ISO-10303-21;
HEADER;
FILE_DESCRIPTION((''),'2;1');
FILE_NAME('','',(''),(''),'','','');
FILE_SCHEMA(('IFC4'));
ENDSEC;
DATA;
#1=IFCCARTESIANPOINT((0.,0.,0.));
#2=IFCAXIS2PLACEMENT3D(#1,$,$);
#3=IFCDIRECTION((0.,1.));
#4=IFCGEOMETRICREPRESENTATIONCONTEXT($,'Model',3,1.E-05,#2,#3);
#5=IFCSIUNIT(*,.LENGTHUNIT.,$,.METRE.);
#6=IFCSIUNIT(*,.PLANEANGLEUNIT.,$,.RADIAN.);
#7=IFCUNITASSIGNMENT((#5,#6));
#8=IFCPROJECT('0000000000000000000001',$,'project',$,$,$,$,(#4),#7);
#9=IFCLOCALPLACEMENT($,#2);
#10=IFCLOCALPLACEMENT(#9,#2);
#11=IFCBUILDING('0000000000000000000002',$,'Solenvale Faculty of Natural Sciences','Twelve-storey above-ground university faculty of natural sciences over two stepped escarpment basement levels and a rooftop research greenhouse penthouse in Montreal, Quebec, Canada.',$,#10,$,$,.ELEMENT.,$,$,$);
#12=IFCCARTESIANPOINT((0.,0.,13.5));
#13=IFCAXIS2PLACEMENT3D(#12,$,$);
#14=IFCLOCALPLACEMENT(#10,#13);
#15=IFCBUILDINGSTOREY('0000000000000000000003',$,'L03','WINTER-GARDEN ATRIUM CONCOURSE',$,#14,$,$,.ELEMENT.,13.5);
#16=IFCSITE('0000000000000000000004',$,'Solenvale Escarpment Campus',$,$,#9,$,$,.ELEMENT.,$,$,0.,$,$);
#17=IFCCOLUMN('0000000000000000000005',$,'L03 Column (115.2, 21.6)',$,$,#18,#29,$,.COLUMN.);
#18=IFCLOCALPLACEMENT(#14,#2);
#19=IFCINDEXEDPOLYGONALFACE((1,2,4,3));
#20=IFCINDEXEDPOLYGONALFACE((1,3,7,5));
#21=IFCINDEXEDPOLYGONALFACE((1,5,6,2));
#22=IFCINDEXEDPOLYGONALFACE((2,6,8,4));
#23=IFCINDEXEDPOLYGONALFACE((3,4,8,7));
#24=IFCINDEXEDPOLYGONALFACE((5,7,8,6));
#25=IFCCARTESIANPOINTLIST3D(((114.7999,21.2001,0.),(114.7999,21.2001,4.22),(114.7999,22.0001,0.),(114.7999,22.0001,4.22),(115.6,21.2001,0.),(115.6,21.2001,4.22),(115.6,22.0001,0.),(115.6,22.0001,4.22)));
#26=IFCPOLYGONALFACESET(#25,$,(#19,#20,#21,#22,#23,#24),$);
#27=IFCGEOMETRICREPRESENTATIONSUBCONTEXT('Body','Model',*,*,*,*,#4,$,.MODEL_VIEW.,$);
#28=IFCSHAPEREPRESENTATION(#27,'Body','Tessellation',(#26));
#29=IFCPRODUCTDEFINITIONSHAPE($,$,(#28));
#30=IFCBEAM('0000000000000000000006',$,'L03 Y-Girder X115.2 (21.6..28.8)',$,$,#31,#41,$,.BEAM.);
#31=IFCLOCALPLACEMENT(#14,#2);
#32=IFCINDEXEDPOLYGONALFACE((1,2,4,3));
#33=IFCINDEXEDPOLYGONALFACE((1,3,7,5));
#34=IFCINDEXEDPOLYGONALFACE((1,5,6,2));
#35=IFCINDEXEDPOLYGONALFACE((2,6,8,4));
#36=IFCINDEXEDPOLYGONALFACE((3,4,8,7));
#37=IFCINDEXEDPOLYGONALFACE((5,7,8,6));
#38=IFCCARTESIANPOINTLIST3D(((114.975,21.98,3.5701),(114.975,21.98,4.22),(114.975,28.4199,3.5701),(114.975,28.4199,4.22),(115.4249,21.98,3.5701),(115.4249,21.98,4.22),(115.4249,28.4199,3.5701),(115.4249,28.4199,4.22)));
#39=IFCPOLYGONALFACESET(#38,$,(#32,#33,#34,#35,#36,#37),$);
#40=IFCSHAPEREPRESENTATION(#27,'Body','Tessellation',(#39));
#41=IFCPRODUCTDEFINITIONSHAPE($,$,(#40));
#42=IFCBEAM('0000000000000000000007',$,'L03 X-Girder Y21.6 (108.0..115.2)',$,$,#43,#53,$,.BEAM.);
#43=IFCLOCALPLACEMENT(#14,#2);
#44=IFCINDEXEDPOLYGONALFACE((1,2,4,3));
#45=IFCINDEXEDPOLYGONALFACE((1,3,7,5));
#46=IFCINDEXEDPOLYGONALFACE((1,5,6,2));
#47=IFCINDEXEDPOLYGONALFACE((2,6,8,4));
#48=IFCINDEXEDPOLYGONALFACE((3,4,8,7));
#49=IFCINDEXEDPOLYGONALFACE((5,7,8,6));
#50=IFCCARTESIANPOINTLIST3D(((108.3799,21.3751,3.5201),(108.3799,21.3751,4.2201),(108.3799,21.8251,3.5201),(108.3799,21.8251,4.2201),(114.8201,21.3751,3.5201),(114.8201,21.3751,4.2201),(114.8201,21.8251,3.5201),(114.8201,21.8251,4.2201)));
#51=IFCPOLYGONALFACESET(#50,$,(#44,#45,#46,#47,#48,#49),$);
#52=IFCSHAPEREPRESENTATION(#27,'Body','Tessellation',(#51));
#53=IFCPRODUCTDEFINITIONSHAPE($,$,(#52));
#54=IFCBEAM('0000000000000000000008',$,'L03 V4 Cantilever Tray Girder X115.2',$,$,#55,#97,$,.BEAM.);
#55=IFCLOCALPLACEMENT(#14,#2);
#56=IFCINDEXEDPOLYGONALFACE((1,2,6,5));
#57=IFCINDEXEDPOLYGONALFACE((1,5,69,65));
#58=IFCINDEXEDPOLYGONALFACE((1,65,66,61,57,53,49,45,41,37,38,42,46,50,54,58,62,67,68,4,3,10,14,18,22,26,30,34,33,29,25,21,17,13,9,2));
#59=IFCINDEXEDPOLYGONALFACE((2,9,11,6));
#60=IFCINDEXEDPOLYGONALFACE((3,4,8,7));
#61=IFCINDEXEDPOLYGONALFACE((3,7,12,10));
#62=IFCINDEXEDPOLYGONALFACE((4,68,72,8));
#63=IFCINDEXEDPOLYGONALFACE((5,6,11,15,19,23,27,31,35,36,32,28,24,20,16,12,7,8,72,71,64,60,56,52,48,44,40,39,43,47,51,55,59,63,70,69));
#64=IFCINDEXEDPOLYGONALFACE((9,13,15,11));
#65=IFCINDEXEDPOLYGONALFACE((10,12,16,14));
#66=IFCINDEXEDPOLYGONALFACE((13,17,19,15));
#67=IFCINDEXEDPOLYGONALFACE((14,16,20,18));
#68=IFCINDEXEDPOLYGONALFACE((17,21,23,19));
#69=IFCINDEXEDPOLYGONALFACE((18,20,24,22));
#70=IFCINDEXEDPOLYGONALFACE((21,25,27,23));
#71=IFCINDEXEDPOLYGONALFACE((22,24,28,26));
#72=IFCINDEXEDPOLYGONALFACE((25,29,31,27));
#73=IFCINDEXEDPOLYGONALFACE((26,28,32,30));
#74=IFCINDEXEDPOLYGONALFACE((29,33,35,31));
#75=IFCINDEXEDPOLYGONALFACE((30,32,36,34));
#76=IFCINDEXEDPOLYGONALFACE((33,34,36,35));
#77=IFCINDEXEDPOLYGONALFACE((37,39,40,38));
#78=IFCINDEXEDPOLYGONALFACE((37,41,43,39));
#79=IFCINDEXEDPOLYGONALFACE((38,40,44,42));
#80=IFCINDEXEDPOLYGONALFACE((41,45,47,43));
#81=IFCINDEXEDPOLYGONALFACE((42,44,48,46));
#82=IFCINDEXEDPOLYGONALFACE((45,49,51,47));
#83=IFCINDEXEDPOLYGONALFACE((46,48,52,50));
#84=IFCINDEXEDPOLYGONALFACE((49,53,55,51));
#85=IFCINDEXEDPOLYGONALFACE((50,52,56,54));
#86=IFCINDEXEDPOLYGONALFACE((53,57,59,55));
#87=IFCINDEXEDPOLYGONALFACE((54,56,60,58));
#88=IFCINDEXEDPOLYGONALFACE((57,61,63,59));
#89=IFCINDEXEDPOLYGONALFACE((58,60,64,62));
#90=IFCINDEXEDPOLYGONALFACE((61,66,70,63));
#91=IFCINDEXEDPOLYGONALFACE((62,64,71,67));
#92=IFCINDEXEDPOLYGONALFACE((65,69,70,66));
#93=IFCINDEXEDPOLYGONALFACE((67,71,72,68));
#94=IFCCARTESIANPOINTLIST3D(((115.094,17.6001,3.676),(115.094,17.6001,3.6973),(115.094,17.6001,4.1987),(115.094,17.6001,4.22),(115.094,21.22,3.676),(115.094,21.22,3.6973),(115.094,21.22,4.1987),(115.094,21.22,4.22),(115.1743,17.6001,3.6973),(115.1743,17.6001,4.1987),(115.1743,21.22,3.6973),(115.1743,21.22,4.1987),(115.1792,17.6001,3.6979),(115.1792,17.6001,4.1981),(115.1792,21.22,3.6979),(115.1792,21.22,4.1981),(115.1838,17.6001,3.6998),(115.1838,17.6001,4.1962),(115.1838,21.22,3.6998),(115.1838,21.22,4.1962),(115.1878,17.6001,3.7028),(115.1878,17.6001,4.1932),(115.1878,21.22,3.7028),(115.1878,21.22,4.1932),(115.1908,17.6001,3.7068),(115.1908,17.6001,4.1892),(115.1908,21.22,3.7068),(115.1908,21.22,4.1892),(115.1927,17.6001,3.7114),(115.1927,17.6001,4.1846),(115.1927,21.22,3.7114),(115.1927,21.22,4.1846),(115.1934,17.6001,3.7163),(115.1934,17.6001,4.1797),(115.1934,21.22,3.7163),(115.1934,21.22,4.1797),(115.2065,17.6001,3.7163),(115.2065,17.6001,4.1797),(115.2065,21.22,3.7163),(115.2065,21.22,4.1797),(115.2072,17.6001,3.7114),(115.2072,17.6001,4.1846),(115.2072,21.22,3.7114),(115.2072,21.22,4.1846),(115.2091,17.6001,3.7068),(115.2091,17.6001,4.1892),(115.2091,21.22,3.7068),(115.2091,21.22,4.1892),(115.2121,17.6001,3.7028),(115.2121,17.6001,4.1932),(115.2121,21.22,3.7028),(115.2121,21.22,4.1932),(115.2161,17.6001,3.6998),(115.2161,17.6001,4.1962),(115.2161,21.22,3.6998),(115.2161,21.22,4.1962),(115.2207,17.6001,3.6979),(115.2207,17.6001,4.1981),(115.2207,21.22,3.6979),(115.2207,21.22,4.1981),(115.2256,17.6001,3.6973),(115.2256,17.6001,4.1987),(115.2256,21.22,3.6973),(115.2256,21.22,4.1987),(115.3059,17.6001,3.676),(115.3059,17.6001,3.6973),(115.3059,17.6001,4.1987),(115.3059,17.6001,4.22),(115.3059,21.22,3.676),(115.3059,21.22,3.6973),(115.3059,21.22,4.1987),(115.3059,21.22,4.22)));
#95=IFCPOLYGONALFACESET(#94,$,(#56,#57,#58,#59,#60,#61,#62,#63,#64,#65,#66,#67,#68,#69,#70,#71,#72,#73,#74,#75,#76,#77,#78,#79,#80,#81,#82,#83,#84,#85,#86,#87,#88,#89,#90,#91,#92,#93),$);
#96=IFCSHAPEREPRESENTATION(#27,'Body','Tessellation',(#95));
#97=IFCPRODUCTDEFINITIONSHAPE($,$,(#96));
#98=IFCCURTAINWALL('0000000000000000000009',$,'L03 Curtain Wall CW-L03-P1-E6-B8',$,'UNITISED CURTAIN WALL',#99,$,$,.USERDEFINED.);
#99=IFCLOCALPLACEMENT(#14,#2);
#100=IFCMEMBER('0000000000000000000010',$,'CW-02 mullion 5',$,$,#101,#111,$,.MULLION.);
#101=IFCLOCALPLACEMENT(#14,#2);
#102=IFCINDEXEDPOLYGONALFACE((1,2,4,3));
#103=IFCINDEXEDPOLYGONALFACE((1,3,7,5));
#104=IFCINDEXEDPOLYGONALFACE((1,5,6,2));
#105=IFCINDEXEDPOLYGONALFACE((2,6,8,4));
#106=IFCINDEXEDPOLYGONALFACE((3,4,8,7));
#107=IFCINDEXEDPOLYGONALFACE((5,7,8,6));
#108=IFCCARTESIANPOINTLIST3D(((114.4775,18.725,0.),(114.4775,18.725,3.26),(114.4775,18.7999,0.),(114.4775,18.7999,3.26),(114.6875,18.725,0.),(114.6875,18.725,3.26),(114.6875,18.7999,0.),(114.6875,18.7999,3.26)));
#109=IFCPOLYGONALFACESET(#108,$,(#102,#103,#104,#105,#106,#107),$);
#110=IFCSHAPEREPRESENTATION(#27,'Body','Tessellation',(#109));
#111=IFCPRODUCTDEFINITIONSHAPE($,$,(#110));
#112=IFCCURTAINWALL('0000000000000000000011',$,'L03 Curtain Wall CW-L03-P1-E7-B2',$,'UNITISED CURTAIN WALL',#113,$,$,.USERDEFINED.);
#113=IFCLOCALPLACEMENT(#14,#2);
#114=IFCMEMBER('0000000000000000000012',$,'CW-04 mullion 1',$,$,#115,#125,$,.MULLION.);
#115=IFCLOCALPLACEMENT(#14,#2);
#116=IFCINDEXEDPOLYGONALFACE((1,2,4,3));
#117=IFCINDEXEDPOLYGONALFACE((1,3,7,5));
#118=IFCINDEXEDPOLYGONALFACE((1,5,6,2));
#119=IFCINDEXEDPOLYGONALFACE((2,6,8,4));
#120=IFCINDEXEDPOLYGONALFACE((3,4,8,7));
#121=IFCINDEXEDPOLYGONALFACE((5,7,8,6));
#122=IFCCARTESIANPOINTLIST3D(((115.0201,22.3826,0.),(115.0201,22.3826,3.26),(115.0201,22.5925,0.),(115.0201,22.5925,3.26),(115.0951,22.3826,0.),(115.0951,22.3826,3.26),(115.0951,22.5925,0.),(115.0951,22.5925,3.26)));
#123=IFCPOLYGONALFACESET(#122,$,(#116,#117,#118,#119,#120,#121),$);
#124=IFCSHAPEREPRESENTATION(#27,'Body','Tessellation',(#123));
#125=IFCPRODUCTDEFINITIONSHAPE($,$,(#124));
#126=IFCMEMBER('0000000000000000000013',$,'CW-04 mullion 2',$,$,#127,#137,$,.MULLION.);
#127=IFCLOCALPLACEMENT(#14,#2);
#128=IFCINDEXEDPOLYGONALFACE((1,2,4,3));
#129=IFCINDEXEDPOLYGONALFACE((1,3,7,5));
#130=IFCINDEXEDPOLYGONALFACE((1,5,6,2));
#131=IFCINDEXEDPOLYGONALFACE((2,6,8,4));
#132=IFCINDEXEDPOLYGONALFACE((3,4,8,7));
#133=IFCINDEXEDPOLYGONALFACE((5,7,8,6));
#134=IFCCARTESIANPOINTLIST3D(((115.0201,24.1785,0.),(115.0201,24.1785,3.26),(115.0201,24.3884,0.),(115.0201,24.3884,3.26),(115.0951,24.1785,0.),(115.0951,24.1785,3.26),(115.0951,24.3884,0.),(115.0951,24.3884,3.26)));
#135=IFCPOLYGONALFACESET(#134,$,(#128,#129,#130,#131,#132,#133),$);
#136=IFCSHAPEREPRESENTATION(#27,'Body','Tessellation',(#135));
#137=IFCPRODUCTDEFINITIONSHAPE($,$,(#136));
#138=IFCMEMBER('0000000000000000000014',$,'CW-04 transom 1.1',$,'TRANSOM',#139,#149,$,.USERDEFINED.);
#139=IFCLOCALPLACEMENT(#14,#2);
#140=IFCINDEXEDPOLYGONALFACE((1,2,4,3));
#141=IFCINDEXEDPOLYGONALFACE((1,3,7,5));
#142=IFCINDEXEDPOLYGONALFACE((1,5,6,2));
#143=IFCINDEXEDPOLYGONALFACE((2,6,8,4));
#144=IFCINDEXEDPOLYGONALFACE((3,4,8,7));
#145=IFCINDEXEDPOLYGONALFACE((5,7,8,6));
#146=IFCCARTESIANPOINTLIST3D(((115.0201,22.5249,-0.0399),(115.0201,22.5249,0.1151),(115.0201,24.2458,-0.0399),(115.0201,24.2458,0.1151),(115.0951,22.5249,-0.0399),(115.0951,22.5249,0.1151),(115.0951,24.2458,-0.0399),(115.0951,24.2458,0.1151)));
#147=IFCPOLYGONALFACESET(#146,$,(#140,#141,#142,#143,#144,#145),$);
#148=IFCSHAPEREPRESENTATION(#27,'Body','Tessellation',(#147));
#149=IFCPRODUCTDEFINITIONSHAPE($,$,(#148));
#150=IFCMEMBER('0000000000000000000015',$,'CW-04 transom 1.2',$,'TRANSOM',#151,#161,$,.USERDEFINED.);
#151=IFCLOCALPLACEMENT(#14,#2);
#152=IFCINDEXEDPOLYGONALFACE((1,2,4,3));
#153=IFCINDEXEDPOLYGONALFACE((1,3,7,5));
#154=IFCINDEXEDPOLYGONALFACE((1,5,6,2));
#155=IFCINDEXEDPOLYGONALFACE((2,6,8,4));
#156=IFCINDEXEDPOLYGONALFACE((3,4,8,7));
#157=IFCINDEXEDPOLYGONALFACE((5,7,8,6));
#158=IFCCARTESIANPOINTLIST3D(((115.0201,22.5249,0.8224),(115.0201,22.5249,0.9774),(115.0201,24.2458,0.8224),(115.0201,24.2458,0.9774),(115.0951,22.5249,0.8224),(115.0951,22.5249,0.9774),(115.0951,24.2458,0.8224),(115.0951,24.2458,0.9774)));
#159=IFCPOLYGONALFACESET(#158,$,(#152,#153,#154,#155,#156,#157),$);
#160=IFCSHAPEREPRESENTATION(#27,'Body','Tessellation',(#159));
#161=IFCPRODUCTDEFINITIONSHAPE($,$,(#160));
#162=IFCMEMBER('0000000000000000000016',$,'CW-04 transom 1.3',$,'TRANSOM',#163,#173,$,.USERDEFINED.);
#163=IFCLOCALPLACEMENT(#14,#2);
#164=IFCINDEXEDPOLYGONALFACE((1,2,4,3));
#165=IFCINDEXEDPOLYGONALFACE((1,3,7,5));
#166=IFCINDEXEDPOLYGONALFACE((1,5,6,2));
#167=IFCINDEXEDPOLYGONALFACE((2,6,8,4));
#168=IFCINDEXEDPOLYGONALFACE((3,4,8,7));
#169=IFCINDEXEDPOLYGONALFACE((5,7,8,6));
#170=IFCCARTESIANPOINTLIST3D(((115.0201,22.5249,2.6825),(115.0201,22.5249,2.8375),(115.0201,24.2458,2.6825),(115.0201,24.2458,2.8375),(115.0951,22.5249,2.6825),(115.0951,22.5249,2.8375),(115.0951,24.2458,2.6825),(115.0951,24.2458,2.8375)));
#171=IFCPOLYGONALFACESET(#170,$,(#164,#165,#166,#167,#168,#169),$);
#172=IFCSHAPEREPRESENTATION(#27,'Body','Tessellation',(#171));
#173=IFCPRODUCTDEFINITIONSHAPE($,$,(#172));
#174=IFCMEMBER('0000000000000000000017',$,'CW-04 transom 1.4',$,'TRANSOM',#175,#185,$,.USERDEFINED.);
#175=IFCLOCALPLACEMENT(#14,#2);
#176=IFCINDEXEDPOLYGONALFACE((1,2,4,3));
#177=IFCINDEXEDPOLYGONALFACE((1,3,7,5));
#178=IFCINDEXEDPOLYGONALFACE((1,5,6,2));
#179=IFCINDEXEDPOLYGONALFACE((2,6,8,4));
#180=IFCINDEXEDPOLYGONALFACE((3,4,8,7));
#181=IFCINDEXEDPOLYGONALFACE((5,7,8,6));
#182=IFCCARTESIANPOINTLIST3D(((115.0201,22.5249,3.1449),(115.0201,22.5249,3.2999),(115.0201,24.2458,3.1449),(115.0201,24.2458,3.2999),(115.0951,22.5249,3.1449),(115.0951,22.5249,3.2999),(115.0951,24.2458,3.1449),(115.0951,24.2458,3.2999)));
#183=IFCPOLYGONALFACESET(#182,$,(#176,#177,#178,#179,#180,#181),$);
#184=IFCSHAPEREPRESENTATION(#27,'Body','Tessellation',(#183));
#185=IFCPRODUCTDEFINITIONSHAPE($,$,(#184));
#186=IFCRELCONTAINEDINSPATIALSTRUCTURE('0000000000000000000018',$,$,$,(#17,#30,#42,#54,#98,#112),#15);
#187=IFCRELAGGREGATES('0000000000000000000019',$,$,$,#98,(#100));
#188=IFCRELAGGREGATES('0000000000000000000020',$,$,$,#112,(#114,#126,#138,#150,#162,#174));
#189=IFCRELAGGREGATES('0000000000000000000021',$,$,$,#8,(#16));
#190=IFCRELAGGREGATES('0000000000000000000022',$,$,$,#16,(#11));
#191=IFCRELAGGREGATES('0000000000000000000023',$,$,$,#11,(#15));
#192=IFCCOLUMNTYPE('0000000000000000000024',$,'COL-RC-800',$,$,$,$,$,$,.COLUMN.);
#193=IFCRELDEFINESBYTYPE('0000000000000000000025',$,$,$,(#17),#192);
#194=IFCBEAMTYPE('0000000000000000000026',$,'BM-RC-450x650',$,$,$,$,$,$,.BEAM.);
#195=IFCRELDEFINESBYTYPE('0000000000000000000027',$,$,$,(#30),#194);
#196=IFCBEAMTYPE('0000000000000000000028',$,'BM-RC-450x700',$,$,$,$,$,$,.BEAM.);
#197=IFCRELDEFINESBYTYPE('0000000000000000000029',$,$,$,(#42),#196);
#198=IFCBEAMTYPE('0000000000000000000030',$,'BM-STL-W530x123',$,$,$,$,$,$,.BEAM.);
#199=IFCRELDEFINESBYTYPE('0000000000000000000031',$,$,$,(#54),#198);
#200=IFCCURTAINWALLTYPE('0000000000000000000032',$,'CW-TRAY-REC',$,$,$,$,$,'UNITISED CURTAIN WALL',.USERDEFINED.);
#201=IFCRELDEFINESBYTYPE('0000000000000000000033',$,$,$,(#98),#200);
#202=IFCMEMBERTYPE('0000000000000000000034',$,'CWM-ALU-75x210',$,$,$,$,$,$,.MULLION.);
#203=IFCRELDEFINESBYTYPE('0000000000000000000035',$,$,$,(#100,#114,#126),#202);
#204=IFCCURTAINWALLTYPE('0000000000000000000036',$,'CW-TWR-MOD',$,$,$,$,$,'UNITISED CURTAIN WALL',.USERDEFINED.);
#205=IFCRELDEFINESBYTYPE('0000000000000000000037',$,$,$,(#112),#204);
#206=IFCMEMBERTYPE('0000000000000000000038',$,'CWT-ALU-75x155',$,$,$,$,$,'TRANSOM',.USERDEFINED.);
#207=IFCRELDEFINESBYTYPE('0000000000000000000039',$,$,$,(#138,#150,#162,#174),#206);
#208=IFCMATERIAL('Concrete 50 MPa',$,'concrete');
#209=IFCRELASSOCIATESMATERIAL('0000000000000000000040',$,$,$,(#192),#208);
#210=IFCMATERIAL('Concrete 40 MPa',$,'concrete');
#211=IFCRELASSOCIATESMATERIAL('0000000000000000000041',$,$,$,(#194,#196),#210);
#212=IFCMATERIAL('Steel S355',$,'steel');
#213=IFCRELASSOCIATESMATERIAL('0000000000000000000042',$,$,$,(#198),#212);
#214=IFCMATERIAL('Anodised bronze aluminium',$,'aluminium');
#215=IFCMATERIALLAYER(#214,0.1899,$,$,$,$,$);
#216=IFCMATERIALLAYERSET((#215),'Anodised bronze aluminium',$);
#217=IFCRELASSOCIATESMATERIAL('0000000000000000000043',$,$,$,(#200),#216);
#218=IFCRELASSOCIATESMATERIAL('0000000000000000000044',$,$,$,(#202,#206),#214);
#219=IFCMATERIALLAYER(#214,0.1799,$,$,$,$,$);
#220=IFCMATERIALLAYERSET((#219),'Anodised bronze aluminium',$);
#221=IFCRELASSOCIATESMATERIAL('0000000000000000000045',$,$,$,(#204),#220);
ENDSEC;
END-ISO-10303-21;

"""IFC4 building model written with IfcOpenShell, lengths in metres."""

from ifc_helpers import new_model, si_unit, direction, frame, origin, origin_2d, place, context, subcontext, project, spatial, rectangle, i_section, extrude, material, layer, layer_set, material_profile, profile_set, type_object, element, aggregate, save


model = new_model("IFC4")

# Units and contexts
model_context = context("Model", 3, precision=1e-05, world=origin(), true_north=direction((0.0, 1.0)))
body_context = subcontext(model_context, "Body", "Model", "MODEL_VIEW")
ifc_project = project(units=[si_unit("LENGTHUNIT", "METRE"), si_unit("PLANEANGLEUNIT", "RADIAN")], contexts=[model_context])

# Site, building, storey
site_placement = place(None, origin())
site = spatial("IfcSite", under=ifc_project, at=site_placement, Name="Solenvale Escarpment Campus", CompositionType="ELEMENT", RefElevation=0.0)
building_placement = place(site_placement, origin())
building = spatial("IfcBuilding", under=site, at=building_placement, Name="Solenvale Faculty of Natural Sciences", Description="Twelve-storey above-ground university faculty of natural sciences over two stepped escarpment basement levels and a rooftop research greenhouse penthouse in Montreal, Quebec, Canada.", CompositionType="ELEMENT")
storey_placement = place(building_placement, frame((0.0, 0.0, 13.5)))
storey = spatial("IfcBuildingStorey", under=building, at=storey_placement, Name="L03", Description="WINTER-GARDEN ATRIUM CONCOURSE", CompositionType="ELEMENT", Elevation=13.5)

# Column
ifc_material_1 = material(Name="Concrete 50 MPa", Category="concrete")
ifc_material_profile_1 = material_profile(ifc_material_1, rectangle(XDim=0.8, YDim=0.8, at=origin_2d()), Name="RC-COL-800x800")
ifc_profile_set_1 = profile_set([ifc_material_profile_1], Name="Concrete 50 MPa")
column_type = type_object("IfcColumnType", Name="COL-RC-800", PredefinedType="COLUMN", material=ifc_profile_set_1)
column_placement = place(storey_placement, frame((115.2, 21.6001, 0.0), z_axis=(0.0, 0.0, 1.0), x_axis=(1.0, 0.0, 0.0)))
element("IfcColumn", 1, at=column_placement, inside=storey, type_object=column_type, Name="L03 Column (115.2, 21.6)", PredefinedType="COLUMN", context=body_context, shape_type="SweptSolid", body=[
    extrude(rectangle(XDim=0.8, YDim=0.8, at=origin_2d()), origin(), (0.0, 0.0, 1.0), 4.22),
])

# Beams
ifc_material_2 = material(Name="Concrete 40 MPa", Category="concrete")
ifc_material_profile_2 = material_profile(ifc_material_2, rectangle(XDim=0.45, YDim=0.6499, at=origin_2d()), Name="RC-BM-450x650")
ifc_profile_set_2 = profile_set([ifc_material_profile_2], Name="Concrete 40 MPa")
beam_type_1 = type_object("IfcBeamType", Name="BM-RC-450x650", PredefinedType="BEAM", material=ifc_profile_set_2)
beam_1_placement = place(storey_placement, frame((115.2, 21.98, 3.895), z_axis=(0.0, 1.0, 0.0), x_axis=(-1.0, 0.0, 0.0)))
element("IfcBeam", 2, at=beam_1_placement, inside=storey, type_object=beam_type_1, Name="L03 Y-Girder X115.2 (21.6..28.8)", PredefinedType="BEAM", context=body_context, shape_type="SweptSolid", body=[
    extrude(rectangle(XDim=0.45, YDim=0.6499, at=origin_2d()), origin(), (0.0, 0.0, 1.0), 6.4399),
])
ifc_material_profile_3 = material_profile(ifc_material_2, rectangle(XDim=0.45, YDim=0.7, at=origin_2d()), Name="RC-BM-450x700")
ifc_profile_set_3 = profile_set([ifc_material_profile_3], Name="Concrete 40 MPa")
beam_type_2 = type_object("IfcBeamType", Name="BM-RC-450x700", PredefinedType="BEAM", material=ifc_profile_set_3)
beam_2_placement = place(storey_placement, frame((108.3799, 21.6001, 3.8701), z_axis=(1.0, 0.0, 0.0), x_axis=(0.0, 1.0, 0.0)))
element("IfcBeam", 3, at=beam_2_placement, inside=storey, type_object=beam_type_2, Name="L03 X-Girder Y21.6 (108.0..115.2)", PredefinedType="BEAM", context=body_context, shape_type="SweptSolid", body=[
    extrude(rectangle(XDim=0.45, YDim=0.7, at=origin_2d()), origin(), (0.0, 0.0, 1.0), 6.4402),
])
ifc_material_3 = material(Name="Steel S355", Category="steel")
ifc_material_profile_4 = material_profile(ifc_material_3, i_section(OverallWidth=0.2119, OverallDepth=0.5439, WebThickness=0.0132, FlangeThickness=0.0212, FilletRadius=0.019, at=origin_2d()), Name="W530x123")
ifc_profile_set_4 = profile_set([ifc_material_profile_4], Name="Steel S355")
beam_type_3 = type_object("IfcBeamType", Name="BM-STL-W530x123", PredefinedType="BEAM", material=ifc_profile_set_4)
beam_3_placement = place(storey_placement, frame((115.2, 21.22, 3.948), z_axis=(0.0, -1.0, 0.0), x_axis=(1.0, 0.0, 0.0)))
element("IfcBeam", 4, at=beam_3_placement, inside=storey, type_object=beam_type_3, Name="L03 V4 Cantilever Tray Girder X115.2", PredefinedType="BEAM", context=body_context, shape_type="SweptSolid", body=[
    extrude(i_section(OverallWidth=0.2119, OverallDepth=0.5439, WebThickness=0.0132, FlangeThickness=0.0212, FilletRadius=0.019, at=origin_2d()), origin(), (0.0, 0.0, 1.0), 3.6199),
])

# Curtain wall, member
ifc_material_4 = material(Name="Anodised bronze aluminium", Category="aluminium")
ifc_layer_1 = layer(ifc_material_4, 0.1899)
ifc_layer_set_1 = layer_set([ifc_layer_1], Name="Anodised bronze aluminium")
curtain_wall_type_1 = type_object("IfcCurtainWallType", Name="CW-TRAY-REC", ElementType="UNITISED CURTAIN WALL", PredefinedType="USERDEFINED", material=ifc_layer_set_1)
curtain_wall_1_placement = place(storey_placement, origin())
curtain_wall_1 = element("IfcCurtainWall", 5, at=curtain_wall_1_placement, inside=storey, type_object=curtain_wall_type_1, Name="L03 Curtain Wall CW-L03-P1-E6-B8", ObjectType="UNITISED CURTAIN WALL", PredefinedType="USERDEFINED")
ifc_material_profile_5 = material_profile(ifc_material_4, rectangle(XDim=0.075, YDim=0.21, at=origin_2d()), Name="ALU-MUL-75x210")
ifc_profile_set_5 = profile_set([ifc_material_profile_5], Name="Anodised bronze aluminium")
member_type_1 = type_object("IfcMemberType", Name="CWM-ALU-75x210", PredefinedType="MULLION", material=ifc_profile_set_5)
member_1_placement = place(storey_placement, frame((114.5825, 18.7625, 0.0), z_axis=(0.0, 0.0, 1.0), x_axis=(0.0, 1.0, 0.0)))
member_1 = element("IfcMember", 6, at=member_1_placement, type_object=member_type_1, Name="CW-02 mullion 5", PredefinedType="MULLION", context=body_context, shape_type="SweptSolid", body=[
    extrude(rectangle(XDim=0.075, YDim=0.21, at=origin_2d()), origin(), (0.0, 0.0, 1.0), 3.26),
])

# Curtain wall, members
ifc_layer_2 = layer(ifc_material_4, 0.1799)
ifc_layer_set_2 = layer_set([ifc_layer_2], Name="Anodised bronze aluminium")
curtain_wall_type_2 = type_object("IfcCurtainWallType", Name="CW-TWR-MOD", ElementType="UNITISED CURTAIN WALL", PredefinedType="USERDEFINED", material=ifc_layer_set_2)
curtain_wall_2_placement = place(storey_placement, origin())
curtain_wall_2 = element("IfcCurtainWall", 7, at=curtain_wall_2_placement, inside=storey, type_object=curtain_wall_type_2, Name="L03 Curtain Wall CW-L03-P1-E7-B2", ObjectType="UNITISED CURTAIN WALL", PredefinedType="USERDEFINED")
member_2_placement = place(storey_placement, frame((115.0576, 22.4875, 0.0), z_axis=(0.0, 0.0, 1.0), x_axis=(-1.0, 0.0, 0.0)))
member_2 = element("IfcMember", 8, at=member_2_placement, type_object=member_type_1, Name="CW-04 mullion 1", PredefinedType="MULLION", context=body_context, shape_type="SweptSolid", body=[
    extrude(rectangle(XDim=0.075, YDim=0.21, at=origin_2d()), origin(), (0.0, 0.0, 1.0), 3.26),
])
member_3_placement = place(storey_placement, frame((115.0576, 24.2834, 0.0), z_axis=(0.0, 0.0, 1.0), x_axis=(-1.0, 0.0, 0.0)))
member_3 = element("IfcMember", 9, at=member_3_placement, type_object=member_type_1, Name="CW-04 mullion 2", PredefinedType="MULLION", context=body_context, shape_type="SweptSolid", body=[
    extrude(rectangle(XDim=0.075, YDim=0.21, at=origin_2d()), origin(), (0.0, 0.0, 1.0), 3.26),
])
ifc_material_profile_6 = material_profile(ifc_material_4, rectangle(XDim=0.075, YDim=0.155, at=origin_2d()), Name="ALU-TRN-75x155")
ifc_profile_set_6 = profile_set([ifc_material_profile_6], Name="Anodised bronze aluminium")
member_type_2 = type_object("IfcMemberType", Name="CWT-ALU-75x155", ElementType="TRANSOM", PredefinedType="USERDEFINED", material=ifc_profile_set_6)
member_4_placement = place(storey_placement, frame((115.0576, 22.5249, 0.0376), z_axis=(0.0, 1.0, 0.0), x_axis=(-1.0, 0.0, 0.0)))
member_4 = element("IfcMember", 10, at=member_4_placement, type_object=member_type_2, Name="CW-04 transom 1.1", ObjectType="TRANSOM", PredefinedType="USERDEFINED", context=body_context, shape_type="SweptSolid", body=[
    extrude(rectangle(XDim=0.075, YDim=0.155, at=origin_2d()), origin(), (0.0, 0.0, 1.0), 1.7209),
])
member_5_placement = place(storey_placement, frame((115.0576, 22.5249, 0.8999), z_axis=(0.0, 1.0, 0.0), x_axis=(-1.0, 0.0, 0.0)))
member_5 = element("IfcMember", 11, at=member_5_placement, type_object=member_type_2, Name="CW-04 transom 1.2", ObjectType="TRANSOM", PredefinedType="USERDEFINED", context=body_context, shape_type="SweptSolid", body=[
    extrude(rectangle(XDim=0.075, YDim=0.155, at=origin_2d()), origin(), (0.0, 0.0, 1.0), 1.7209),
])
member_6_placement = place(storey_placement, frame((115.0576, 22.5249, 2.76), z_axis=(0.0, 1.0, 0.0), x_axis=(-1.0, 0.0, 0.0)))
member_6 = element("IfcMember", 12, at=member_6_placement, type_object=member_type_2, Name="CW-04 transom 1.3", ObjectType="TRANSOM", PredefinedType="USERDEFINED", context=body_context, shape_type="SweptSolid", body=[
    extrude(rectangle(XDim=0.075, YDim=0.155, at=origin_2d()), origin(), (0.0, 0.0, 1.0), 1.7209),
])
member_7_placement = place(storey_placement, frame((115.0576, 22.5249, 3.2224), z_axis=(0.0, 1.0, 0.0), x_axis=(-1.0, 0.0, 0.0)))
member_7 = element("IfcMember", 13, at=member_7_placement, type_object=member_type_2, Name="CW-04 transom 1.4", ObjectType="TRANSOM", PredefinedType="USERDEFINED", context=body_context, shape_type="SweptSolid", body=[
    extrude(rectangle(XDim=0.075, YDim=0.155, at=origin_2d()), origin(), (0.0, 0.0, 1.0), 1.7209),
])

aggregate(curtain_wall_1, [member_1])
aggregate(curtain_wall_2, [member_2, member_3, member_4, member_5, member_6, member_7])

save(model, "model.ifc")
